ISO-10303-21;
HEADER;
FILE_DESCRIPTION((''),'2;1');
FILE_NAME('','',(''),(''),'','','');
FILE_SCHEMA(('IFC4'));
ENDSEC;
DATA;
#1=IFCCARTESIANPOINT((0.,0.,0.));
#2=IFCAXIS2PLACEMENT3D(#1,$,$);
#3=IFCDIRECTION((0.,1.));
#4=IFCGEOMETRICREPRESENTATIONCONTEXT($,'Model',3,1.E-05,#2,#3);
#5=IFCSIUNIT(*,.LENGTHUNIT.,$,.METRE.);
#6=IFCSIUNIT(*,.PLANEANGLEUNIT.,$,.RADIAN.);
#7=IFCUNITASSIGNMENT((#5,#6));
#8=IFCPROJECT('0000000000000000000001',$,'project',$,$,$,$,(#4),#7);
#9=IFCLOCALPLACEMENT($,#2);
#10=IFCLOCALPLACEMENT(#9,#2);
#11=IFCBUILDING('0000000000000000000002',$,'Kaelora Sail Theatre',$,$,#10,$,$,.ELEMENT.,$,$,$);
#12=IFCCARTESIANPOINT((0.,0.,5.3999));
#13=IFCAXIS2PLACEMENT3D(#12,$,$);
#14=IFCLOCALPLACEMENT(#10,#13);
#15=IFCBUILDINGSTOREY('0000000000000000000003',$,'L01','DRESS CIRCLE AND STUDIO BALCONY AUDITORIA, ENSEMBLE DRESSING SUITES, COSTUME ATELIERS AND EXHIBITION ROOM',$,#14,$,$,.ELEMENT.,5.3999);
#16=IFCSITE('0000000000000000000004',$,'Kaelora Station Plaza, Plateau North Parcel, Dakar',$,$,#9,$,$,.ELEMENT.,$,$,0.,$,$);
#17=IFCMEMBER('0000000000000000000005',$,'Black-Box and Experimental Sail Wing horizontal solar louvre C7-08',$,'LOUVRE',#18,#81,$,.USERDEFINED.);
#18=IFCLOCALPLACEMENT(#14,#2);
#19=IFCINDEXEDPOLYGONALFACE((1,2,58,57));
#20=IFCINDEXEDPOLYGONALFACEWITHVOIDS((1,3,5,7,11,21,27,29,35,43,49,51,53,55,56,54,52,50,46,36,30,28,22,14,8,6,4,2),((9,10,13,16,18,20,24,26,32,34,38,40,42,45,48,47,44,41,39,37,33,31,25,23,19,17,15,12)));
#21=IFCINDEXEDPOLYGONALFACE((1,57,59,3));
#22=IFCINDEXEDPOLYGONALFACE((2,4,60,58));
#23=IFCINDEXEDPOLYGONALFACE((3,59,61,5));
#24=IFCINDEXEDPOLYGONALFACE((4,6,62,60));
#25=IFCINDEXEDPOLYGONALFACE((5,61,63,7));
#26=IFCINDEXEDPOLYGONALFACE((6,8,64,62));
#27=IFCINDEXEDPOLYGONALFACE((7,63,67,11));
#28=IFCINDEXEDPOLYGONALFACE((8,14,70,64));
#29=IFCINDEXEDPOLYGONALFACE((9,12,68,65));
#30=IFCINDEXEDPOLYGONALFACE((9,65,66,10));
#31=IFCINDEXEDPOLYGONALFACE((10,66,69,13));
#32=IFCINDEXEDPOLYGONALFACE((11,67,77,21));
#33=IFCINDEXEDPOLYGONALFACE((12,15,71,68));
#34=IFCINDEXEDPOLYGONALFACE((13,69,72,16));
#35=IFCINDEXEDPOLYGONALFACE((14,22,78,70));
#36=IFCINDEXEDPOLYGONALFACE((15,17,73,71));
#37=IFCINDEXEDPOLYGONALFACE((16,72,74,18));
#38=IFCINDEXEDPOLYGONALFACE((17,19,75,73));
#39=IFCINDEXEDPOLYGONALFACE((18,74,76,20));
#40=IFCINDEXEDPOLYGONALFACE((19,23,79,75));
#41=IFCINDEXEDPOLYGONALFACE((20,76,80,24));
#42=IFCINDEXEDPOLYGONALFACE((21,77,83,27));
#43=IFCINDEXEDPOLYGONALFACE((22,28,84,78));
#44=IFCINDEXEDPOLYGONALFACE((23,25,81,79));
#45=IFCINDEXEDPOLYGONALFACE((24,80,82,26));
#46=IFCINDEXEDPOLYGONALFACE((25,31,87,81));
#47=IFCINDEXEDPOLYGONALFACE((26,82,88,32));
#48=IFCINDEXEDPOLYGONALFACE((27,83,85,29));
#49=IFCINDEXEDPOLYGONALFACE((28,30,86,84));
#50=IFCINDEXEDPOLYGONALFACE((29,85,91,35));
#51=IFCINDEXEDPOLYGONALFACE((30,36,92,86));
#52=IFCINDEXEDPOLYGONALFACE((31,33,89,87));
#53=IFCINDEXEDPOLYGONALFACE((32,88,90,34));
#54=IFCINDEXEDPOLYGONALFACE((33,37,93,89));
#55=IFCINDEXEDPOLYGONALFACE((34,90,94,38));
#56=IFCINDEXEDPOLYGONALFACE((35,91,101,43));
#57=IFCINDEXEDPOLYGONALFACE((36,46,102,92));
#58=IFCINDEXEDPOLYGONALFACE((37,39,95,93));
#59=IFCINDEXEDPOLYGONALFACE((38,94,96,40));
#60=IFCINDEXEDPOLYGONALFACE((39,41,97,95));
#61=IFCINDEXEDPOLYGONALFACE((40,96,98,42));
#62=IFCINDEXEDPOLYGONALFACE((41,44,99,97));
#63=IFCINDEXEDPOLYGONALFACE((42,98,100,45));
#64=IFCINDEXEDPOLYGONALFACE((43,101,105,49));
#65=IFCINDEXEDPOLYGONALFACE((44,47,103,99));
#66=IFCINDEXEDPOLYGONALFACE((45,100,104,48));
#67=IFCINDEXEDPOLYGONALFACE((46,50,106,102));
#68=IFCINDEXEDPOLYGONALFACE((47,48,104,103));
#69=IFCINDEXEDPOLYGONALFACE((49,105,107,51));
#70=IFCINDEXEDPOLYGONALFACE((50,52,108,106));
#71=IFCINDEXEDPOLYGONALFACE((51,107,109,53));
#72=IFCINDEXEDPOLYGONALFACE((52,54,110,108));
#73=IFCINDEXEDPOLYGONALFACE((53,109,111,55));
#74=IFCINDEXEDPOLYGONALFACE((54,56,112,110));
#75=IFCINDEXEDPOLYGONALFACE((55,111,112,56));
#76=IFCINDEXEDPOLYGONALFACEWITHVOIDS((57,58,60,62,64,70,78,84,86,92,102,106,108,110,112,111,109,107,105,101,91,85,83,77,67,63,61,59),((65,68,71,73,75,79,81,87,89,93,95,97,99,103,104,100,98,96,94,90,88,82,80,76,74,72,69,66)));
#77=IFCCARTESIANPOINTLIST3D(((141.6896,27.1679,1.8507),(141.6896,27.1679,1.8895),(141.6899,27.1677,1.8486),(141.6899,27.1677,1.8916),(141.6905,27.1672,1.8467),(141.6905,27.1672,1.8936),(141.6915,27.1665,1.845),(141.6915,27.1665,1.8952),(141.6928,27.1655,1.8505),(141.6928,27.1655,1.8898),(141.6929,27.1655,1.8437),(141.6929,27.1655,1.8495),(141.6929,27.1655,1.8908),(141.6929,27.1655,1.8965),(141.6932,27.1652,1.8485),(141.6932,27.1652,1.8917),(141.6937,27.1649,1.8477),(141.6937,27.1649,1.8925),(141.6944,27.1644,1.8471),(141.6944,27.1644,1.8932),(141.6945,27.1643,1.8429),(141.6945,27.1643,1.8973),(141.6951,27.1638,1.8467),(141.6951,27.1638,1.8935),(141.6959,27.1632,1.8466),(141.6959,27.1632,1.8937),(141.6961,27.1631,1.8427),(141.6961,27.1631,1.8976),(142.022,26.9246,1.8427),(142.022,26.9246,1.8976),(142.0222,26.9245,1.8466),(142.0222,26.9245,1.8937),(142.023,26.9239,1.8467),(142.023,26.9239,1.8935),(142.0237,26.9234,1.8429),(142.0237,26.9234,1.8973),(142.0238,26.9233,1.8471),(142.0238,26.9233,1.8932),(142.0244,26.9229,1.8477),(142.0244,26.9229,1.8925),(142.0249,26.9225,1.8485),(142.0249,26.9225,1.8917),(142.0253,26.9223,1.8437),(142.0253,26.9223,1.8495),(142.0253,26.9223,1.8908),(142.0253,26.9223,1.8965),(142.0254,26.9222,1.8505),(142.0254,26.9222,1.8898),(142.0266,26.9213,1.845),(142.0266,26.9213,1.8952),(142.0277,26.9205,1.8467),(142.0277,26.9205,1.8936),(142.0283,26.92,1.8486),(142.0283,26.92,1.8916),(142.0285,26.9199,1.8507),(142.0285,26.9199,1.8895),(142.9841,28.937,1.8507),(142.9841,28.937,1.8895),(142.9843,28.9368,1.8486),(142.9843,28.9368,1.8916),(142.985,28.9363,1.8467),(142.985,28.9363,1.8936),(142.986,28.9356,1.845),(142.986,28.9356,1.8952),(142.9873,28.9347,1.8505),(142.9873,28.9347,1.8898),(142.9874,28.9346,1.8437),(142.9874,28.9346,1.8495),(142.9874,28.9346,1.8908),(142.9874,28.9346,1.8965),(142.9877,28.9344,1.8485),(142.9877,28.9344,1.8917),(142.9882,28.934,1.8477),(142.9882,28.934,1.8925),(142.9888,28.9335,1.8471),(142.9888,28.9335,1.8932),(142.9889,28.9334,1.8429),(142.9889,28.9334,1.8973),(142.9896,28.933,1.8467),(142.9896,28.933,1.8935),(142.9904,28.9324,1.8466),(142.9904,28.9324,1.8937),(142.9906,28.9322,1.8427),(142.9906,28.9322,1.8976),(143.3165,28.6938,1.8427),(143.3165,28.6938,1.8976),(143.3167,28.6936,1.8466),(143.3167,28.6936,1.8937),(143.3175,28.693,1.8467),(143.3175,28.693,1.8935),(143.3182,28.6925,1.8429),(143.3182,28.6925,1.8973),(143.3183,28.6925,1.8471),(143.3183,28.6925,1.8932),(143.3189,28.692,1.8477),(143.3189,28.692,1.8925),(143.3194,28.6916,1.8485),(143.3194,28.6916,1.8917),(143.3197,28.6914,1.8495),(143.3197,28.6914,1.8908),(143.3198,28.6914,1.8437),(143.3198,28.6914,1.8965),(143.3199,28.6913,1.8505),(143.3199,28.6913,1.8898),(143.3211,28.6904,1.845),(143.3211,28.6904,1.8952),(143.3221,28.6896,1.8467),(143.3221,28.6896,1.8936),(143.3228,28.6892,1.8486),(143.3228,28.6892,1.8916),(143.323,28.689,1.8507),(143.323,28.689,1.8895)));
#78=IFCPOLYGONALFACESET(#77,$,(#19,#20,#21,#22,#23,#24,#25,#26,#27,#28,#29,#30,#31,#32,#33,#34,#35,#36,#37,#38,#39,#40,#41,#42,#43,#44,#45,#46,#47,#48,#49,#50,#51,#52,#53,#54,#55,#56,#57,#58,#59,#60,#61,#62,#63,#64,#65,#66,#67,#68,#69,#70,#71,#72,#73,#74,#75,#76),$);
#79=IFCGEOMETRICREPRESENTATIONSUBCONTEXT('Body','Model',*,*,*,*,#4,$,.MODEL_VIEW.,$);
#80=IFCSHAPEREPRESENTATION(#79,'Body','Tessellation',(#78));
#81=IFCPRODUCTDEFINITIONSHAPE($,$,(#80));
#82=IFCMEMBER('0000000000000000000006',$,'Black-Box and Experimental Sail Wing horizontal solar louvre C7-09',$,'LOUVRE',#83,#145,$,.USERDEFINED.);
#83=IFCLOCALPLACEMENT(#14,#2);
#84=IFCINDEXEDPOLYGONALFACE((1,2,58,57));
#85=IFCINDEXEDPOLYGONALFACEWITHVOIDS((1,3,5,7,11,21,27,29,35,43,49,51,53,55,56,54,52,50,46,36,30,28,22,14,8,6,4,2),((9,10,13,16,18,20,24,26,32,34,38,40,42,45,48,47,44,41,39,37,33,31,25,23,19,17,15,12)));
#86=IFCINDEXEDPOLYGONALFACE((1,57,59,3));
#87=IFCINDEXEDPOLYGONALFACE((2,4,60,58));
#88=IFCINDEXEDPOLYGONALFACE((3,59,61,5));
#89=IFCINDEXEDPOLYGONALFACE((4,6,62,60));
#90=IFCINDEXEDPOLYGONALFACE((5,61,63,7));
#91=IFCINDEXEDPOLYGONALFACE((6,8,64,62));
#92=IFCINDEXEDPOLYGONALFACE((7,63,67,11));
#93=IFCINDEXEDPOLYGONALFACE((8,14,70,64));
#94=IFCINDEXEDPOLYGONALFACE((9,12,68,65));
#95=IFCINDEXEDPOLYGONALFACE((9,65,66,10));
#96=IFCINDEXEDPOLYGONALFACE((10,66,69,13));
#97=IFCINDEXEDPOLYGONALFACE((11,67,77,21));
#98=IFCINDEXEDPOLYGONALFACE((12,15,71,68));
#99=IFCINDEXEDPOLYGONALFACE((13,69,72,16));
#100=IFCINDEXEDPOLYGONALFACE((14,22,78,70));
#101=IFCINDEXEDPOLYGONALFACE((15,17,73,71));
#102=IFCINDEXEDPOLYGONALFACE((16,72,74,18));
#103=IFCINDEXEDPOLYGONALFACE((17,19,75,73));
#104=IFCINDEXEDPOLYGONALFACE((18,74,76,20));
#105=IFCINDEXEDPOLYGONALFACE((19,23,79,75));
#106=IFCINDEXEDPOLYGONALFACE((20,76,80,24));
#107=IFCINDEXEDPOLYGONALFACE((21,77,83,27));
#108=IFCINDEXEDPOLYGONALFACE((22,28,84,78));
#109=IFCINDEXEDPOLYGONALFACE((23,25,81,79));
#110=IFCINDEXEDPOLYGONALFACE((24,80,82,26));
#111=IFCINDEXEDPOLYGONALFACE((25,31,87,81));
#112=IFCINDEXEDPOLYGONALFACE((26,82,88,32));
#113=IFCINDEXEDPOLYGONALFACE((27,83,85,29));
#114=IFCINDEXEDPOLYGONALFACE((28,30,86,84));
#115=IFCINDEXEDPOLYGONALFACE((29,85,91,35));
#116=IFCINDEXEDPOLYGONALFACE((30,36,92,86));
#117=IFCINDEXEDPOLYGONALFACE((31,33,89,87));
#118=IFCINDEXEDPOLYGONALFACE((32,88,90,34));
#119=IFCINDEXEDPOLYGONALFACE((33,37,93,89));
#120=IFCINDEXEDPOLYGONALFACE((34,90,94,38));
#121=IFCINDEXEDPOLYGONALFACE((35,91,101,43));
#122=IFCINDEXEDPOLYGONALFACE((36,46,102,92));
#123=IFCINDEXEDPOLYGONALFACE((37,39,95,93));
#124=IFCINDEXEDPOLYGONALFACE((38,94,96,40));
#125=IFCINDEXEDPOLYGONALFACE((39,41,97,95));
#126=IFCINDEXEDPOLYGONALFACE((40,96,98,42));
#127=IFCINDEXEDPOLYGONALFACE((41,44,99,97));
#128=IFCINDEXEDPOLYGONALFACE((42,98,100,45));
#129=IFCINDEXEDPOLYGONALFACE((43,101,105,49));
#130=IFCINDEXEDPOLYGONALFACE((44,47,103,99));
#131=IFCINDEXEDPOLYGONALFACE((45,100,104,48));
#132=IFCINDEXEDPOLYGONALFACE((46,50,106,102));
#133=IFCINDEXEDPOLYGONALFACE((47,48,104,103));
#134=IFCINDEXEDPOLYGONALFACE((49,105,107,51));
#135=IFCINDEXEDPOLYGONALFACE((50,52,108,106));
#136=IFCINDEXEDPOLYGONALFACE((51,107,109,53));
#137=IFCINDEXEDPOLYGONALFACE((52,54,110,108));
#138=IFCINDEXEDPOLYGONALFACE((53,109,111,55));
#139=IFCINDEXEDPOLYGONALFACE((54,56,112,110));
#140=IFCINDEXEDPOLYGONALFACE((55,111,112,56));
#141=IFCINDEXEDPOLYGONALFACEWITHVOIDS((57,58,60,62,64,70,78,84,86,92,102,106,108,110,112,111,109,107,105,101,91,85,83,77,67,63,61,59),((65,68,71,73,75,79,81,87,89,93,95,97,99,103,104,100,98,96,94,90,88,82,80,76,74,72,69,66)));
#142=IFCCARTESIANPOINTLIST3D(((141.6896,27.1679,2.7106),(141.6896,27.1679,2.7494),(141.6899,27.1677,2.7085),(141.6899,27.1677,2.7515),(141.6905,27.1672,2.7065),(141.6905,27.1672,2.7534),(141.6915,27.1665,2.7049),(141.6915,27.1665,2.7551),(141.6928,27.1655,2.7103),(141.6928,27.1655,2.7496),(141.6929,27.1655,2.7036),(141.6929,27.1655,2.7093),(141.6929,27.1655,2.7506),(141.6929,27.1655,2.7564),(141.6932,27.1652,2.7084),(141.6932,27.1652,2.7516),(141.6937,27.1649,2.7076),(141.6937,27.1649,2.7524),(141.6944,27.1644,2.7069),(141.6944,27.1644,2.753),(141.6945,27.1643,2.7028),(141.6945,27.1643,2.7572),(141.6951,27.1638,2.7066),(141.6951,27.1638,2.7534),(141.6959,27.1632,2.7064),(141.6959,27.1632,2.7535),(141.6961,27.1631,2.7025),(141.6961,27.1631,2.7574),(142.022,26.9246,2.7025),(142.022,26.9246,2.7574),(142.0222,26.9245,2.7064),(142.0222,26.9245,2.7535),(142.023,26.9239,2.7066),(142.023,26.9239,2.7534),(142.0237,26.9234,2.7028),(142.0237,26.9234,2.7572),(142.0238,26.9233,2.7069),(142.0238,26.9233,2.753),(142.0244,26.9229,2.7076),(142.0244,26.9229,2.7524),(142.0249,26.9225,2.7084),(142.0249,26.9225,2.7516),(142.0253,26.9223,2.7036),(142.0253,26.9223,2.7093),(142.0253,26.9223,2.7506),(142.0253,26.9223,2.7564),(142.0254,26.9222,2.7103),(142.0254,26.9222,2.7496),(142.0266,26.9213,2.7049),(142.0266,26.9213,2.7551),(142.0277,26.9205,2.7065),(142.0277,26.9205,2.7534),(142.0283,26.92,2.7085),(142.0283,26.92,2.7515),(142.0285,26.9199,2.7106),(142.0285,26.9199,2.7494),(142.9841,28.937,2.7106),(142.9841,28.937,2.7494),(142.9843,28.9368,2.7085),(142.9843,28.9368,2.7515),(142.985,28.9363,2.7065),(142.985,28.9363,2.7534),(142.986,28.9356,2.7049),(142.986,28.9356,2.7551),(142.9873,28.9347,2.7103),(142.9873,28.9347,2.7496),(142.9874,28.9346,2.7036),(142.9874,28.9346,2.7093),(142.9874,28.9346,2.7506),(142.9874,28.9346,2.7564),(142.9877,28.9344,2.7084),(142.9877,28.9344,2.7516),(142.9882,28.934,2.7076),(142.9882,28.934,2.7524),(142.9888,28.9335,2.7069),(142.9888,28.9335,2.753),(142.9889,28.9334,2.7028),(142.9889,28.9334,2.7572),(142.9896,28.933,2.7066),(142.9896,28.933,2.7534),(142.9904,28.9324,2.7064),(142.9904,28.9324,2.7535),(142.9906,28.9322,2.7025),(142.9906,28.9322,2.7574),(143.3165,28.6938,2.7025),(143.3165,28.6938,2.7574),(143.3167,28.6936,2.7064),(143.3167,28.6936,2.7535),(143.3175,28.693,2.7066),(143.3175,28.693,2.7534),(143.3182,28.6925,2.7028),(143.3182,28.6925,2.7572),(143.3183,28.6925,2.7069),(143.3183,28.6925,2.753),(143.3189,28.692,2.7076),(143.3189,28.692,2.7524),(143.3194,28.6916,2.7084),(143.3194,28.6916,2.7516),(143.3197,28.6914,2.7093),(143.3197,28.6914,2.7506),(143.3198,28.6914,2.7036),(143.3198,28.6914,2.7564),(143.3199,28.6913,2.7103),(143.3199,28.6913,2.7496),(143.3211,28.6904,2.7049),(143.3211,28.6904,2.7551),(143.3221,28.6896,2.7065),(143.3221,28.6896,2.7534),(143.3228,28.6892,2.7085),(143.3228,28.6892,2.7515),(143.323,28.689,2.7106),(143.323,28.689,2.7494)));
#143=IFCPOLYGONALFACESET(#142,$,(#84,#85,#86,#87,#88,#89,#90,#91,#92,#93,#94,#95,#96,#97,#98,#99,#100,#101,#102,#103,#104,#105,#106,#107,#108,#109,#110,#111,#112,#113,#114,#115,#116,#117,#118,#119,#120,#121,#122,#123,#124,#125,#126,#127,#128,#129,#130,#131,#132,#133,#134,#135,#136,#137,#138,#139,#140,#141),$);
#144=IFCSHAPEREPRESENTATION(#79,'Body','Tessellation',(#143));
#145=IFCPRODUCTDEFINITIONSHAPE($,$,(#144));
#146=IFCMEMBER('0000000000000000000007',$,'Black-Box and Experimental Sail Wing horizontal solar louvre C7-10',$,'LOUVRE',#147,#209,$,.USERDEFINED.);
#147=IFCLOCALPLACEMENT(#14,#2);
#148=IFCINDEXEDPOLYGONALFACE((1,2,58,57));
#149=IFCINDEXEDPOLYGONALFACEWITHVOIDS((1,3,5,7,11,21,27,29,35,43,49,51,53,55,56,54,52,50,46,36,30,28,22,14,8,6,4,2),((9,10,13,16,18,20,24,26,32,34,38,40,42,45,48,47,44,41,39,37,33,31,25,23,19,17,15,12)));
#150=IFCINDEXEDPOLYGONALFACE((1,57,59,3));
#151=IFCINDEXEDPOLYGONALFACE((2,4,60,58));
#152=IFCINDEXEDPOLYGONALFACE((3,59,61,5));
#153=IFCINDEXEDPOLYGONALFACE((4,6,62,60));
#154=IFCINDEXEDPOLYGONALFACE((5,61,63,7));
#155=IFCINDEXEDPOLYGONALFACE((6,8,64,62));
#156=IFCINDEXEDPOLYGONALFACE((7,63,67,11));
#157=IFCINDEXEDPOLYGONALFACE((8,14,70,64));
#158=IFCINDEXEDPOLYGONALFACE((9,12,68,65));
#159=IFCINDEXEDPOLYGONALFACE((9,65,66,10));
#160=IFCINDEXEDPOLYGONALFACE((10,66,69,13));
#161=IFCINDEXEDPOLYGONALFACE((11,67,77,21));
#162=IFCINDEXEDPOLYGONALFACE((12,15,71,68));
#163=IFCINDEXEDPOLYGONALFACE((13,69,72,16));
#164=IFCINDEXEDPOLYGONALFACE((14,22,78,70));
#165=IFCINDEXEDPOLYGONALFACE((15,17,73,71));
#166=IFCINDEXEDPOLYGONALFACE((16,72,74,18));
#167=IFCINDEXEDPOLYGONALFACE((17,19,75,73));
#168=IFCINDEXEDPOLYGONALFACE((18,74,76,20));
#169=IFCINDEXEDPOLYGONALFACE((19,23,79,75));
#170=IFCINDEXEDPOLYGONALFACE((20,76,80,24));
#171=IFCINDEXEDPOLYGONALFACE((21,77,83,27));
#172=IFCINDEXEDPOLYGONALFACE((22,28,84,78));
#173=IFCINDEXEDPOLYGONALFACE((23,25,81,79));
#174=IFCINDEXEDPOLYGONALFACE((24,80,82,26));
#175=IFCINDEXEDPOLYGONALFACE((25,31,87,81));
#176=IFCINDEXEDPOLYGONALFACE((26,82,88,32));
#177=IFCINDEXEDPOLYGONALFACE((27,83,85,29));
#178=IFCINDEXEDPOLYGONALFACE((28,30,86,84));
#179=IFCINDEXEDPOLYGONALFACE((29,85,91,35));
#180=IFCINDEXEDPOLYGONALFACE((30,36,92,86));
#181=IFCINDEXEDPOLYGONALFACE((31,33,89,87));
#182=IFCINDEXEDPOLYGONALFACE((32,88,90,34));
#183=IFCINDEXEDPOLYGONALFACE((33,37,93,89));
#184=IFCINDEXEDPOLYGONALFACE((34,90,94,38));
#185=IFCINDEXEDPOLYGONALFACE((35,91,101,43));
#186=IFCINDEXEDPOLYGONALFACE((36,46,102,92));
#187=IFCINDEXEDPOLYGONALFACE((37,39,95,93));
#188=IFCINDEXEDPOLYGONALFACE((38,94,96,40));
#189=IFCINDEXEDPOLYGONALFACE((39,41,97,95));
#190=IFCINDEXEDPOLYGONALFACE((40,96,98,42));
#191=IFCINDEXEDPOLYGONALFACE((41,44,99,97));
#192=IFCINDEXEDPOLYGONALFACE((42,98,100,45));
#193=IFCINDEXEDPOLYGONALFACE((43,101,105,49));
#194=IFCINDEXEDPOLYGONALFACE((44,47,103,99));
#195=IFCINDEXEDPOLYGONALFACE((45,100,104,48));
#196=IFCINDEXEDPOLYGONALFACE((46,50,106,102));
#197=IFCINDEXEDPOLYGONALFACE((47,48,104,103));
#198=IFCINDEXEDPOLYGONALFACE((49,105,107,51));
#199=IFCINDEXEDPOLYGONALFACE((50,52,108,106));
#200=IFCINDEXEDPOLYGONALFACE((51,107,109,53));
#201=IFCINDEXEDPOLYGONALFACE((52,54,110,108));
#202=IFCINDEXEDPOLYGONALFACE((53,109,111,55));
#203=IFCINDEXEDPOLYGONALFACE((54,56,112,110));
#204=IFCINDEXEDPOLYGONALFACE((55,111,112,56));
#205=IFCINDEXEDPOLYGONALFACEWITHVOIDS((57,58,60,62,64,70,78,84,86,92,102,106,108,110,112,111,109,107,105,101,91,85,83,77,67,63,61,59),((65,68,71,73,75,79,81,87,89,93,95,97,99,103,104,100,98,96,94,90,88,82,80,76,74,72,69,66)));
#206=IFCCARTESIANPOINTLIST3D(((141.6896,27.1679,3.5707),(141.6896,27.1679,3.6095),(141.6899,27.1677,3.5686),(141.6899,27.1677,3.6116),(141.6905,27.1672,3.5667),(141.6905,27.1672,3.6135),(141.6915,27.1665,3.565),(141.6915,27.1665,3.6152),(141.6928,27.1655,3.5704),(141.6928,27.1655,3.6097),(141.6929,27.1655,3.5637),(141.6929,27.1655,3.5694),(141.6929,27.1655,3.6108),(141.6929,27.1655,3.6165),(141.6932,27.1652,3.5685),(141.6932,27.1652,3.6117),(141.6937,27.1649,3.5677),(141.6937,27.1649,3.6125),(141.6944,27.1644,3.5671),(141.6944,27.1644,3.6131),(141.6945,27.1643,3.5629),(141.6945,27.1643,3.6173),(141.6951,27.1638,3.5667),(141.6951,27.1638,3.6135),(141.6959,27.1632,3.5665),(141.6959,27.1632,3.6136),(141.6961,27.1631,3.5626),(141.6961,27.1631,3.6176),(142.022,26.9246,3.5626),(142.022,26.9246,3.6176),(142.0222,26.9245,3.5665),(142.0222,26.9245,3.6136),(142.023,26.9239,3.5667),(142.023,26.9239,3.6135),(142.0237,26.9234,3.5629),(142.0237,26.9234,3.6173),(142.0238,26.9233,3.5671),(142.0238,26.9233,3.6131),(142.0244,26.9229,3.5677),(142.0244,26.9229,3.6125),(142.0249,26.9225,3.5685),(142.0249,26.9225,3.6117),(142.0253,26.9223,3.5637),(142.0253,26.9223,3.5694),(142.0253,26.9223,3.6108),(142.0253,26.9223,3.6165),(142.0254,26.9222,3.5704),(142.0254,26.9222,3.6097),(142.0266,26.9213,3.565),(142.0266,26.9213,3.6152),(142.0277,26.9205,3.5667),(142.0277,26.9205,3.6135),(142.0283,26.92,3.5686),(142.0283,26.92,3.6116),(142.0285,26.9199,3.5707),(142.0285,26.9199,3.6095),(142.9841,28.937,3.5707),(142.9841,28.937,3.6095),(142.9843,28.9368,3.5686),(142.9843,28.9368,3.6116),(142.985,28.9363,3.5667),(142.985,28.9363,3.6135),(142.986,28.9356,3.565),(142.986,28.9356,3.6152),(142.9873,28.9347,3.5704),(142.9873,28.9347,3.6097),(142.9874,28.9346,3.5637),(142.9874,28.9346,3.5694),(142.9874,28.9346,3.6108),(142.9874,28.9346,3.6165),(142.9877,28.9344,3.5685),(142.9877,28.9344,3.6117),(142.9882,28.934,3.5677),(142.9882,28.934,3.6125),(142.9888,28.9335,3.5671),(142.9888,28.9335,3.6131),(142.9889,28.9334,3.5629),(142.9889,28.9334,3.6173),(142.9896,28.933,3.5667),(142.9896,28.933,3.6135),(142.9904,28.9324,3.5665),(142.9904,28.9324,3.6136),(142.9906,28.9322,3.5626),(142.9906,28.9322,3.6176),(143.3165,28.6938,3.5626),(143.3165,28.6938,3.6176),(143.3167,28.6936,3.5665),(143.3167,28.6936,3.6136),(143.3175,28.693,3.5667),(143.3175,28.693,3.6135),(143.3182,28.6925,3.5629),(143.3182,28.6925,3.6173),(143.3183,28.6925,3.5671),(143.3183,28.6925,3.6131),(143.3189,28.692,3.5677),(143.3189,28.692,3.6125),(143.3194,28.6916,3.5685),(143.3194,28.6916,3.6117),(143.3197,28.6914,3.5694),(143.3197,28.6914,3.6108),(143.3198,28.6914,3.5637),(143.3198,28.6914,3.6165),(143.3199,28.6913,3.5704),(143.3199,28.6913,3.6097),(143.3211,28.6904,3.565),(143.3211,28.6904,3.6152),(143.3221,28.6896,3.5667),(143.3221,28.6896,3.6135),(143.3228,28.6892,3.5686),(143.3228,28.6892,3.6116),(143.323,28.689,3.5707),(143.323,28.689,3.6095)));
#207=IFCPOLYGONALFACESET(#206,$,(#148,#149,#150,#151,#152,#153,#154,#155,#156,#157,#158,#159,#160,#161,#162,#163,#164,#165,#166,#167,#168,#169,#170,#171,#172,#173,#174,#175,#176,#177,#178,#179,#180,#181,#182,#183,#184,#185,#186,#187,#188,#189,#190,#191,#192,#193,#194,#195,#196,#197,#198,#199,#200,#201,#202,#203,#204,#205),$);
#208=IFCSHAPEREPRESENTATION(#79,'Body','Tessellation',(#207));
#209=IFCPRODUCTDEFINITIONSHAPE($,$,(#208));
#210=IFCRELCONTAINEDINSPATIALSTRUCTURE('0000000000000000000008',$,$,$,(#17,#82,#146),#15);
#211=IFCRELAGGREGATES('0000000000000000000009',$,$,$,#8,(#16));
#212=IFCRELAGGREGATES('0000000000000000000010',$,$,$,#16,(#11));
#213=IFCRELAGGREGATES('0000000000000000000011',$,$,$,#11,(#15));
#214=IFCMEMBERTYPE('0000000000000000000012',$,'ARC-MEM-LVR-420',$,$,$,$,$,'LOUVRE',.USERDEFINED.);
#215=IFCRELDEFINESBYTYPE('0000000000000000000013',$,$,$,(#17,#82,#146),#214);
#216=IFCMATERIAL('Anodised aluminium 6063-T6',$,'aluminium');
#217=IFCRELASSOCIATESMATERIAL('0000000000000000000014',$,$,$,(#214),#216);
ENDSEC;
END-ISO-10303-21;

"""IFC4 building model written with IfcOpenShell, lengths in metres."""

from ifc_helpers import new_model, si_unit, direction, frame, origin, origin_2d, place, context, subcontext, project, spatial, hollow_rectangle, extrude, material, material_profile, profile_set, type_object, element, save


model = new_model("IFC4")

# Units and contexts
model_context = context("Model", 3, precision=1e-05, world=origin(), true_north=direction((0.0, 1.0)))
body_context = subcontext(model_context, "Body", "Model", "MODEL_VIEW")
ifc_project = project(units=[si_unit("LENGTHUNIT", "METRE"), si_unit("PLANEANGLEUNIT", "RADIAN")], contexts=[model_context])

# Site, building, storey
site_placement = place(None, origin())
site = spatial("IfcSite", under=ifc_project, at=site_placement, Name="Kaelora Station Plaza, Plateau North Parcel, Dakar", CompositionType="ELEMENT", RefElevation=0.0)
building_placement = place(site_placement, origin())
building = spatial("IfcBuilding", under=site, at=building_placement, Name="Kaelora Sail Theatre", CompositionType="ELEMENT")
storey_placement = place(building_placement, frame((0.0, 0.0, 5.3999)))
storey = spatial("IfcBuildingStorey", under=building, at=storey_placement, Name="L01", Description="DRESS CIRCLE AND STUDIO BALCONY AUDITORIA, ENSEMBLE DRESSING SUITES, COSTUME ATELIERS AND EXHIBITION ROOM", CompositionType="ELEMENT", Elevation=5.3999)

# Members
ifc_material_1 = material(Name="Anodised aluminium 6063-T6", Category="aluminium")
ifc_material_profile_1 = material_profile(ifc_material_1, hollow_rectangle(XDim=0.4199, YDim=0.0549, WallThickness=0.0039, InnerFilletRadius=0.0039, OuterFilletRadius=0.0081, at=origin_2d()), Name="LOUVRE 420x55x4")
ifc_profile_set_1 = profile_set([ifc_material_profile_1], Name="Anodised aluminium 6063-T6")
member_type = type_object("IfcMemberType", Name="ARC-MEM-LVR-420", ElementType="LOUVRE", PredefinedType="USERDEFINED", material=ifc_profile_set_1)
for number, where, z_axis, x_axis, name in (
    (1, (143.1536, 28.813, 1.8701), (-0.590514, -0.807028, 0.0), (0.807028, -0.590514, 0.0), "Black-Box and Experimental Sail Wing horizontal solar louvre C7-08"),
    (2, (143.1536, 28.813, 2.73), (-0.590514, -0.807028, 0.0), (0.807028, -0.590514, 0.0), "Black-Box and Experimental Sail Wing horizontal solar louvre C7-09"),
    (3, (143.1536, 28.813, 3.5901), (-0.590514, -0.807028, 0.0), (0.807028, -0.590514, 0.0), "Black-Box and Experimental Sail Wing horizontal solar louvre C7-10"),
):
    element("IfcMember", number, at=place(storey_placement, frame(where, z_axis=z_axis, x_axis=x_axis)), inside=storey, type_object=member_type, Name=name, ObjectType="LOUVRE", PredefinedType="USERDEFINED", context=body_context, shape_type="SweptSolid", body=[
        extrude(hollow_rectangle(XDim=0.4199, YDim=0.0549, WallThickness=0.0039, InnerFilletRadius=0.0039, OuterFilletRadius=0.0081, at=origin_2d()), origin(), (0.0, 0.0, 1.0), 2.1921),
    ])

save(model, "model.ifc")
